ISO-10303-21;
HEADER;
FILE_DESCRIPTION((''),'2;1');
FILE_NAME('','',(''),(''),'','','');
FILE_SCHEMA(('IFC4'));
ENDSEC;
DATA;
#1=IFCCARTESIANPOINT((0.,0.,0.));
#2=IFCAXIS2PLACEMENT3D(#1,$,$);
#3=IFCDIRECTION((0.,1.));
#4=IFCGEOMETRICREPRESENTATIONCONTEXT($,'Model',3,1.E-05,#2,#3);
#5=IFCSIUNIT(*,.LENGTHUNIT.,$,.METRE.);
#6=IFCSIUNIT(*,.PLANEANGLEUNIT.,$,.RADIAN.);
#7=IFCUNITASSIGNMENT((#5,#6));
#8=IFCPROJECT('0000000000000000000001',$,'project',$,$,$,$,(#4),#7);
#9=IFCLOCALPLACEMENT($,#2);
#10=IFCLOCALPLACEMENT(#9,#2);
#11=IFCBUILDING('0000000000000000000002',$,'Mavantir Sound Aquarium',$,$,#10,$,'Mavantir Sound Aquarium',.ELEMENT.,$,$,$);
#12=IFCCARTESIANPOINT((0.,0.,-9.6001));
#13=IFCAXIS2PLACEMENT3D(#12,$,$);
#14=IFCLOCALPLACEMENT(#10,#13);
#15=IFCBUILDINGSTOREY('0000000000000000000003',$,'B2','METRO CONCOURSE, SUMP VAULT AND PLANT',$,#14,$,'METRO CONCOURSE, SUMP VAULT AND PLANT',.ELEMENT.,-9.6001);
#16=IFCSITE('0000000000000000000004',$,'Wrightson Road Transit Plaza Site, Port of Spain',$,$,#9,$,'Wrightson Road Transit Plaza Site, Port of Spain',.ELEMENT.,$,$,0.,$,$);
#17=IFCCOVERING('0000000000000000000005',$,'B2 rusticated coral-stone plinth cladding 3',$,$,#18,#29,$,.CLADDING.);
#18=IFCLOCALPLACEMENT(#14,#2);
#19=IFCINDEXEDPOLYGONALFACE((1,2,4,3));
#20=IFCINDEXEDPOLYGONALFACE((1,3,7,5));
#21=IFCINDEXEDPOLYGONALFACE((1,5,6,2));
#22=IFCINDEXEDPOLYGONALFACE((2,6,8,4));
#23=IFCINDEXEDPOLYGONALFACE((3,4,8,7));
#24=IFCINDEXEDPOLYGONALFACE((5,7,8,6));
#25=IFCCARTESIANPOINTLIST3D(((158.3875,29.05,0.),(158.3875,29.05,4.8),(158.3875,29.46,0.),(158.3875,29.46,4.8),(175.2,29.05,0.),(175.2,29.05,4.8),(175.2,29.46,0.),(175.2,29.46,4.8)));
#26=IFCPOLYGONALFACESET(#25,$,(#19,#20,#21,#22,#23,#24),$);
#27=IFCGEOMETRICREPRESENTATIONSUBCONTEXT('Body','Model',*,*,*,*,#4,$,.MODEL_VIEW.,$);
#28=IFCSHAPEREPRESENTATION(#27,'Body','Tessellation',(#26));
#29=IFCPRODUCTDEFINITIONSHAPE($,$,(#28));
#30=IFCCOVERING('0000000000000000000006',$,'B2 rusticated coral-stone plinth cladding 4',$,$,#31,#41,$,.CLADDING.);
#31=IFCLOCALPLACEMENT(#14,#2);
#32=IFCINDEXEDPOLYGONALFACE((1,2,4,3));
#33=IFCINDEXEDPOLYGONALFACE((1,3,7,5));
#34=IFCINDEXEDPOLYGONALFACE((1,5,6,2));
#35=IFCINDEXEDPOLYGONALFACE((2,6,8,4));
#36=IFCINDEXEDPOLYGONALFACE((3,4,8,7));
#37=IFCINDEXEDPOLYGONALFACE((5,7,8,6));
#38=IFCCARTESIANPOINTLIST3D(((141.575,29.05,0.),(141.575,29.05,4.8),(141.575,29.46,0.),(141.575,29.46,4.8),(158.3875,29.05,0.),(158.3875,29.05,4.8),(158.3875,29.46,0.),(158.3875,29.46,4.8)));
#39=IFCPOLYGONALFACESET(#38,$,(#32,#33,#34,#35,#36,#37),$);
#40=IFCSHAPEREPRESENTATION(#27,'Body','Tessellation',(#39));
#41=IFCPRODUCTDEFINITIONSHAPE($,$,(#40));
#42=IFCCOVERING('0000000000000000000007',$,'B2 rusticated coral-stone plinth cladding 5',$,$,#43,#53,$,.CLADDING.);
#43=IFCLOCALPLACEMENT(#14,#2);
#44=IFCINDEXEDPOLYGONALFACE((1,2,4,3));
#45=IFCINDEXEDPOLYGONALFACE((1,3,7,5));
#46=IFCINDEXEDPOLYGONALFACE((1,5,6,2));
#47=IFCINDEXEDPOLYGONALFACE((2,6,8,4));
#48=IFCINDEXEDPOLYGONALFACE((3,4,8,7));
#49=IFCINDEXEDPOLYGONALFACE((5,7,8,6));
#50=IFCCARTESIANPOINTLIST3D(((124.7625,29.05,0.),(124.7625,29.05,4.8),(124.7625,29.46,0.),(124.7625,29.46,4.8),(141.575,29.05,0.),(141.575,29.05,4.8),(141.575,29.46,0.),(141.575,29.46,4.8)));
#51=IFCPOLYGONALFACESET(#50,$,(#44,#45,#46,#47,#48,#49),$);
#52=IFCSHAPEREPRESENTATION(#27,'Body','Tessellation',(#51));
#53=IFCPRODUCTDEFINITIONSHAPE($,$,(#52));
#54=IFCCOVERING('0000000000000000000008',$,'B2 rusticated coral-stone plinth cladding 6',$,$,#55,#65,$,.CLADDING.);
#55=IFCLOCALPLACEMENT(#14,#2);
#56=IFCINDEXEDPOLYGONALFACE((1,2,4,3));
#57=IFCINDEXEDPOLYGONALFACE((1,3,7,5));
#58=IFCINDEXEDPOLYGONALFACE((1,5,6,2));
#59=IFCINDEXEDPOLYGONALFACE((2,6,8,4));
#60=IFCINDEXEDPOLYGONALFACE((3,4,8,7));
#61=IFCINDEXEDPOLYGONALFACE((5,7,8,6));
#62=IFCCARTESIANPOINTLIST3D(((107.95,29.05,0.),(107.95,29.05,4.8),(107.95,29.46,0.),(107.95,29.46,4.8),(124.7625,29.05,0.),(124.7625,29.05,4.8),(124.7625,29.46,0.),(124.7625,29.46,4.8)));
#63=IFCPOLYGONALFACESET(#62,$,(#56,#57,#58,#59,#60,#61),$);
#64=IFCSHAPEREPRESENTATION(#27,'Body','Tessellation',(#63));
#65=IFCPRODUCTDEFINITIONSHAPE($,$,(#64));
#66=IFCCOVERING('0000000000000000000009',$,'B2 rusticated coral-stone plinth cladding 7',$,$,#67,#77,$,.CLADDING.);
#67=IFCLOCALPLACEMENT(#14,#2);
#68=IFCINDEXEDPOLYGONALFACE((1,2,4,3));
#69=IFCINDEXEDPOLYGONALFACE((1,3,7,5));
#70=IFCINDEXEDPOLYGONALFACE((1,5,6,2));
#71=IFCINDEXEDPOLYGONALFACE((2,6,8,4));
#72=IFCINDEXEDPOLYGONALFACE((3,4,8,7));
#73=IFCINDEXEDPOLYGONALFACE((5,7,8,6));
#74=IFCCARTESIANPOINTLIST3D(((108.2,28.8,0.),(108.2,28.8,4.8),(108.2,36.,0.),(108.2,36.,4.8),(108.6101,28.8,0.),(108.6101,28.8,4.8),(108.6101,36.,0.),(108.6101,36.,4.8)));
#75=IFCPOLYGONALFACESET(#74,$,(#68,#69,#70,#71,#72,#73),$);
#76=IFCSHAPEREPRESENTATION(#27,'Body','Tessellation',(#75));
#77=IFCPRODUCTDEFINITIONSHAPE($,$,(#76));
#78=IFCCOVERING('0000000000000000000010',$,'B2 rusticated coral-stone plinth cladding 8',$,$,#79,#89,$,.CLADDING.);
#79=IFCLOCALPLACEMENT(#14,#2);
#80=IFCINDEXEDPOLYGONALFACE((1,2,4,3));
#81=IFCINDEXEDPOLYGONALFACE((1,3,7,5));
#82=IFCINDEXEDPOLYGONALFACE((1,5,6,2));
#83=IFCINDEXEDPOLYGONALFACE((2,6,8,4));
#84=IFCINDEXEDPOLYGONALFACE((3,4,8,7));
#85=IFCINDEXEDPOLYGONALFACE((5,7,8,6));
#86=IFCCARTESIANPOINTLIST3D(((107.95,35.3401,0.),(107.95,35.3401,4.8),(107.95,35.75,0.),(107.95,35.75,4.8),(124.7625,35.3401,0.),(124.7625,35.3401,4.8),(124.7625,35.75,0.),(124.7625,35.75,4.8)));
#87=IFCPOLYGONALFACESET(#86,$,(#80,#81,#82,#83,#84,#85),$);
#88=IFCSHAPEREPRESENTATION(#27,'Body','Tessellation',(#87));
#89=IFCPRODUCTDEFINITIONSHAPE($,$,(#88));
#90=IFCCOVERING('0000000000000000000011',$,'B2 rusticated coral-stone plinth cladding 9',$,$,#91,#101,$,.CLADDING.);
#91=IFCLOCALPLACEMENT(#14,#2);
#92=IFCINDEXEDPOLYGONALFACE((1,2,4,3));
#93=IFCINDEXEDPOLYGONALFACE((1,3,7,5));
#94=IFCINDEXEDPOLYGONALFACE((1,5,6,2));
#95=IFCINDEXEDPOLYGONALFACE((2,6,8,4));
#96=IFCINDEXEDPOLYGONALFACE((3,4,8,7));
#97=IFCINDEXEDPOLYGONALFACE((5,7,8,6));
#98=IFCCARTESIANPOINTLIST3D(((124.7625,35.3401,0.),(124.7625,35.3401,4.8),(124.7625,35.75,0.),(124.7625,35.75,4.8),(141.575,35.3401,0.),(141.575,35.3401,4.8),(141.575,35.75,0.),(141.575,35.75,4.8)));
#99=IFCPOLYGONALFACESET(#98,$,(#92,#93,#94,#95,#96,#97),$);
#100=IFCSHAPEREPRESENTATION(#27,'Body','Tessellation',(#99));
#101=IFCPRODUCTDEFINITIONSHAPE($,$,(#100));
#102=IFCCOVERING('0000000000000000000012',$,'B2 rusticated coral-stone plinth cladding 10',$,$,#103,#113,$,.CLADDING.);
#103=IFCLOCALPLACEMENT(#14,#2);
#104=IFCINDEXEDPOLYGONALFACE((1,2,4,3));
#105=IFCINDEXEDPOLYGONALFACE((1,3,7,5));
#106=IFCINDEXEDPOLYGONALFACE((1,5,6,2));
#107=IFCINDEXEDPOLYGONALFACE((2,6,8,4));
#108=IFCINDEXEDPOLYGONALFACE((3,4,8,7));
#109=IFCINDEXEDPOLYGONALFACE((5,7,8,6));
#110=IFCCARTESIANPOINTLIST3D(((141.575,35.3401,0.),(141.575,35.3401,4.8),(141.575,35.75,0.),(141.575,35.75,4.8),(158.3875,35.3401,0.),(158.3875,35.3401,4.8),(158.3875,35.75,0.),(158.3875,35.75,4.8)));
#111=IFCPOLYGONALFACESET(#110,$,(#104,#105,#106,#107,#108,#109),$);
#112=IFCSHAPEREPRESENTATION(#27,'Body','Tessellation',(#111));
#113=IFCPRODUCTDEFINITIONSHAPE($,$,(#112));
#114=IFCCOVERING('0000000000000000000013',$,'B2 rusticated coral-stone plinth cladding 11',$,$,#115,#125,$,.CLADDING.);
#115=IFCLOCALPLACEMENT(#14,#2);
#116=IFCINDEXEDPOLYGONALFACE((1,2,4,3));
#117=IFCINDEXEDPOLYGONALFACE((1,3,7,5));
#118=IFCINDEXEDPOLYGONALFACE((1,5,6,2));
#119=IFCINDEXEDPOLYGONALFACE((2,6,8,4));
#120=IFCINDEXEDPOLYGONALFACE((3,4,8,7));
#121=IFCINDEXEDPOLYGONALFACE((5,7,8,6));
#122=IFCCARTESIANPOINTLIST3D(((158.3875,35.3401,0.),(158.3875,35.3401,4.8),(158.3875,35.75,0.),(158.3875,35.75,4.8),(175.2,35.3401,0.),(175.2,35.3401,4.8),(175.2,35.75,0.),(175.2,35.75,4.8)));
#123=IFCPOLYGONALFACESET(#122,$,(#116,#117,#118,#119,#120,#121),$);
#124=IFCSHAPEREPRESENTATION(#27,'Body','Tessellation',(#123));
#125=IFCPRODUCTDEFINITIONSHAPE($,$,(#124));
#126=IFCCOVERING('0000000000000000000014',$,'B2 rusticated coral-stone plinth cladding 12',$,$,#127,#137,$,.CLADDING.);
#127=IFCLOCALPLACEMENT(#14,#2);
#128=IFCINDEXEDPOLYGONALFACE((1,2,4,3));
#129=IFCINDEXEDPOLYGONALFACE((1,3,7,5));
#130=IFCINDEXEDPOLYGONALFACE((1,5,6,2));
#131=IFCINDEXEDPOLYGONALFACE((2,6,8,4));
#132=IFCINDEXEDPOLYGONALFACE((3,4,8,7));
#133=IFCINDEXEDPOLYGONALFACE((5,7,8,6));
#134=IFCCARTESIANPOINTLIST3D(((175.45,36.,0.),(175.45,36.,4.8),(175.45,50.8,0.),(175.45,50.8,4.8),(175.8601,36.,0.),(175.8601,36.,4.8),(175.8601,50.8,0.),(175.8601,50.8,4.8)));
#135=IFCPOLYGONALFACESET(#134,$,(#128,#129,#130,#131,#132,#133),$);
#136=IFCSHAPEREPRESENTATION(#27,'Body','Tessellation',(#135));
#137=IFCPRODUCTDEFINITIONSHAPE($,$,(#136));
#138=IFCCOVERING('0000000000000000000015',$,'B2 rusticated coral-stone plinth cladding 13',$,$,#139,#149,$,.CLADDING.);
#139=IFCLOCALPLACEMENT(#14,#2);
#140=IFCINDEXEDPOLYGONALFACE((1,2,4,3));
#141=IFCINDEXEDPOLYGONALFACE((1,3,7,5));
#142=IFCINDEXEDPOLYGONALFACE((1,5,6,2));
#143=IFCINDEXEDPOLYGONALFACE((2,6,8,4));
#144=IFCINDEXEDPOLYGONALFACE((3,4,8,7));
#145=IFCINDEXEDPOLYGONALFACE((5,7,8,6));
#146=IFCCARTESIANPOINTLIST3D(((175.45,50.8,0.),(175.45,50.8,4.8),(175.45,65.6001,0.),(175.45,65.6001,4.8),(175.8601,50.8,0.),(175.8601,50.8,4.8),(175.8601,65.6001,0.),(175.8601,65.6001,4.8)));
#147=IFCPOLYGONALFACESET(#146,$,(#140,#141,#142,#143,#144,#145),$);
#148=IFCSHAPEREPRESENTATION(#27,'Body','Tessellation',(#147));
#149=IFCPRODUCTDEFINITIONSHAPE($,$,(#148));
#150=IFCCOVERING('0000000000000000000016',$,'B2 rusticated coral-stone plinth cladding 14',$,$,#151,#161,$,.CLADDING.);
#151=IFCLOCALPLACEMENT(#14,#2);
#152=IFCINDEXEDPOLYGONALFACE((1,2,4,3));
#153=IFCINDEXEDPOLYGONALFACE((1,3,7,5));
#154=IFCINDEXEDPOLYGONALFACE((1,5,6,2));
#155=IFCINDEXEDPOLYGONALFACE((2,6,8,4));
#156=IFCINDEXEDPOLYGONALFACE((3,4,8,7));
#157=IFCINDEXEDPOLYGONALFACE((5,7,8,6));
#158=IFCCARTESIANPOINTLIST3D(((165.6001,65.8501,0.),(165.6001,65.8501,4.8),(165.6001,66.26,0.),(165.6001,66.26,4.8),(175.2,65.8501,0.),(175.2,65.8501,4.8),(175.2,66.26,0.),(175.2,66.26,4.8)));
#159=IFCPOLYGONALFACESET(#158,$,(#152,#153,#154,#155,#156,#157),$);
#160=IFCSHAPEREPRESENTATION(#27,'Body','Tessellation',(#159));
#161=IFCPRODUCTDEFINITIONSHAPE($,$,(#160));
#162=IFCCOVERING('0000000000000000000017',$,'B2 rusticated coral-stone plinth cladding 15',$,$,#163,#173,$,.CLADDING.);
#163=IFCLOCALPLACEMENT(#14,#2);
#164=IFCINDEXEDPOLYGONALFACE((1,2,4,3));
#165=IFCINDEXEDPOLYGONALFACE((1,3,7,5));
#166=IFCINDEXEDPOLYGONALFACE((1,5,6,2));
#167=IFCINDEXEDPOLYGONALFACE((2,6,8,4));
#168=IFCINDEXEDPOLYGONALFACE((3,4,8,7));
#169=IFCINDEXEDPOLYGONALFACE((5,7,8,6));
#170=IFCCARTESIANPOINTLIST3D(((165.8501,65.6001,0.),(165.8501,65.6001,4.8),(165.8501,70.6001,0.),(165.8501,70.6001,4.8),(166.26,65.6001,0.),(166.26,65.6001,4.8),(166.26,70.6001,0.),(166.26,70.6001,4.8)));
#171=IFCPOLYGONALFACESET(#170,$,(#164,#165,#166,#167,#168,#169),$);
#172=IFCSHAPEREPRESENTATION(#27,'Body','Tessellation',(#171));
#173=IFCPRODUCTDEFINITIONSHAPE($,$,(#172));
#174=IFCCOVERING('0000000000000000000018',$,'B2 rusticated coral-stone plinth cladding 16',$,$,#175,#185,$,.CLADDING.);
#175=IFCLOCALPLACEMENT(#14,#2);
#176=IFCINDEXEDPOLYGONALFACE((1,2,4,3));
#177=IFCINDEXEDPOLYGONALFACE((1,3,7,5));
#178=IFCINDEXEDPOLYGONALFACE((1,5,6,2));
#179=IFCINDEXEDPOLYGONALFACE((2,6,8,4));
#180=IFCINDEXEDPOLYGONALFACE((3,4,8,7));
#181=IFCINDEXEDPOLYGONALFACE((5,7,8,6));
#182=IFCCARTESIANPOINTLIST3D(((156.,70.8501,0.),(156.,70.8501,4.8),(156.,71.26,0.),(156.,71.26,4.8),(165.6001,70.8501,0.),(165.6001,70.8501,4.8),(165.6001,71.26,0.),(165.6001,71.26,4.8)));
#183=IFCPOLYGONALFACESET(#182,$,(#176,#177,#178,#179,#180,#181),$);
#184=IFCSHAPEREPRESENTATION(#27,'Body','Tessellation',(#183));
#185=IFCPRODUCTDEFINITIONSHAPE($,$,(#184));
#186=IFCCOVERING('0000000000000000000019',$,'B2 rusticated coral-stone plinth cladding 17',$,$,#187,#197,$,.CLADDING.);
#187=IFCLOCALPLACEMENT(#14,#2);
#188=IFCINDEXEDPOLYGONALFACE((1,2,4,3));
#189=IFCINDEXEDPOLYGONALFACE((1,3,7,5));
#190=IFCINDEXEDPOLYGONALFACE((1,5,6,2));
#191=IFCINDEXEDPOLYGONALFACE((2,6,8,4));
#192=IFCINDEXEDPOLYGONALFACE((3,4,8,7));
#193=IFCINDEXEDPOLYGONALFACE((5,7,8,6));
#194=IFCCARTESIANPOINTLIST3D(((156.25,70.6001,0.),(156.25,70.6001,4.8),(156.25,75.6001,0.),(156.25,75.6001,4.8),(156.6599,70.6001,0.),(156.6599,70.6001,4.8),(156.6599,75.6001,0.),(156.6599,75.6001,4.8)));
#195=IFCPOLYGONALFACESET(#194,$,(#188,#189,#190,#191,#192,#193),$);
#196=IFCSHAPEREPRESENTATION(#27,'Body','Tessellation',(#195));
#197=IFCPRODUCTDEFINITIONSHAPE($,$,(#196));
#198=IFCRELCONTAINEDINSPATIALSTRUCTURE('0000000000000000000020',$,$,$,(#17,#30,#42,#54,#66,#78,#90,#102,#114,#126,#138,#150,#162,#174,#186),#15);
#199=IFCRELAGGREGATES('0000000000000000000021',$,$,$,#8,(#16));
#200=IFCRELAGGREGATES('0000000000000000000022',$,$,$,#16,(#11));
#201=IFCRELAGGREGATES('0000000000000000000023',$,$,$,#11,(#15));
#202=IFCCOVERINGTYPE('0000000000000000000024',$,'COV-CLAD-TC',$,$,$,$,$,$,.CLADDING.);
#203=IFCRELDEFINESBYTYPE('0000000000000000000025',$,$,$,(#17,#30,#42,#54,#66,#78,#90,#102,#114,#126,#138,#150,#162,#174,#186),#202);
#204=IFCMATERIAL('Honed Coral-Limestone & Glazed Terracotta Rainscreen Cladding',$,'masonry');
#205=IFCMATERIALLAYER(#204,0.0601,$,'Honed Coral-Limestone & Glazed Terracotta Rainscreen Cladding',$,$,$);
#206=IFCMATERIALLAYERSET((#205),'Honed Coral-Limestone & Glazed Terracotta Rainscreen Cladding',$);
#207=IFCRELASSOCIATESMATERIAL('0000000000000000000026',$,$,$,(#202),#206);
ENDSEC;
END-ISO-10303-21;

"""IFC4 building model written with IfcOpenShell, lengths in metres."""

from ifc_helpers import new_model, si_unit, direction, frame, origin, place, context, subcontext, project, spatial, polyline, outline, extrude, material, layer, layer_set, type_object, element, save


model = new_model("IFC4")

# Units and contexts
model_context = context("Model", 3, precision=1e-05, world=origin(), true_north=direction((0.0, 1.0)))
body_context = subcontext(model_context, "Body", "Model", "MODEL_VIEW")
ifc_project = project(units=[si_unit("LENGTHUNIT", "METRE"), si_unit("PLANEANGLEUNIT", "RADIAN")], contexts=[model_context])

# Site, building, storey
site_placement = place(None, origin())
site = spatial("IfcSite", under=ifc_project, at=site_placement, Name="Wrightson Road Transit Plaza Site, Port of Spain", LongName="Wrightson Road Transit Plaza Site, Port of Spain", CompositionType="ELEMENT", RefElevation=0.0)
building_placement = place(site_placement, origin())
building = spatial("IfcBuilding", under=site, at=building_placement, Name="Mavantir Sound Aquarium", LongName="Mavantir Sound Aquarium", CompositionType="ELEMENT")
storey_placement = place(building_placement, frame((0.0, 0.0, -9.6001)))
storey = spatial("IfcBuildingStorey", under=building, at=storey_placement, Name="B2", Description="METRO CONCOURSE, SUMP VAULT AND PLANT", LongName="METRO CONCOURSE, SUMP VAULT AND PLANT", CompositionType="ELEMENT", Elevation=-9.6001)

# Coverings
ifc_material_1 = material(Name="Honed Coral-Limestone & Glazed Terracotta Rainscreen Cladding", Category="masonry")
ifc_layer_1 = layer(ifc_material_1, 0.0601, Name="Honed Coral-Limestone & Glazed Terracotta Rainscreen Cladding")
ifc_layer_set_1 = layer_set([ifc_layer_1], Name="Honed Coral-Limestone & Glazed Terracotta Rainscreen Cladding")
covering_type = type_object("IfcCoveringType", Name="COV-CLAD-TC", PredefinedType="CLADDING", material=ifc_layer_set_1)
covering_1_placement = place(storey_placement, origin())
element("IfcCovering", 1, at=covering_1_placement, inside=storey, type_object=covering_type, Name="B2 rusticated coral-stone plinth cladding 3", PredefinedType="CLADDING", context=body_context, shape_type="SweptSolid", body=[
    extrude(outline(polyline([(175.2, 29.05), (158.3875, 29.05), (158.3875, 29.46), (175.2, 29.46), (175.2, 29.05)])), origin(), (0.0, 0.0, 1.0), 4.8),
])
covering_2_placement = place(storey_placement, origin())
element("IfcCovering", 2, at=covering_2_placement, inside=storey, type_object=covering_type, Name="B2 rusticated coral-stone plinth cladding 4", PredefinedType="CLADDING", context=body_context, shape_type="SweptSolid", body=[
    extrude(outline(polyline([(158.3875, 29.05), (141.575, 29.05), (141.575, 29.46), (158.3875, 29.46), (158.3875, 29.05)])), origin(), (0.0, 0.0, 1.0), 4.8),
])
covering_3_placement = place(storey_placement, origin())
element("IfcCovering", 3, at=covering_3_placement, inside=storey, type_object=covering_type, Name="B2 rusticated coral-stone plinth cladding 5", PredefinedType="CLADDING", context=body_context, shape_type="SweptSolid", body=[
    extrude(outline(polyline([(141.575, 29.05), (124.7625, 29.05), (124.7625, 29.46), (141.575, 29.46), (141.575, 29.05)])), origin(), (0.0, 0.0, 1.0), 4.8),
])
covering_4_placement = place(storey_placement, origin())
element("IfcCovering", 4, at=covering_4_placement, inside=storey, type_object=covering_type, Name="B2 rusticated coral-stone plinth cladding 6", PredefinedType="CLADDING", context=body_context, shape_type="SweptSolid", body=[
    extrude(outline(polyline([(124.7625, 29.05), (107.95, 29.05), (107.95, 29.46), (124.7625, 29.46), (124.7625, 29.05)])), origin(), (0.0, 0.0, 1.0), 4.8),
])
covering_5_placement = place(storey_placement, origin())
element("IfcCovering", 5, at=covering_5_placement, inside=storey, type_object=covering_type, Name="B2 rusticated coral-stone plinth cladding 7", PredefinedType="CLADDING", context=body_context, shape_type="SweptSolid", body=[
    extrude(outline(polyline([(108.2, 28.8), (108.2, 36.0), (108.6101, 36.0), (108.6101, 28.8), (108.2, 28.8)])), origin(), (0.0, 0.0, 1.0), 4.8),
])
covering_6_placement = place(storey_placement, origin())
element("IfcCovering", 6, at=covering_6_placement, inside=storey, type_object=covering_type, Name="B2 rusticated coral-stone plinth cladding 8", PredefinedType="CLADDING", context=body_context, shape_type="SweptSolid", body=[
    extrude(outline(polyline([(107.95, 35.75), (124.7625, 35.75), (124.7625, 35.3401), (107.95, 35.3401), (107.95, 35.75)])), origin(), (0.0, 0.0, 1.0), 4.8),
])
covering_7_placement = place(storey_placement, origin())
element("IfcCovering", 7, at=covering_7_placement, inside=storey, type_object=covering_type, Name="B2 rusticated coral-stone plinth cladding 9", PredefinedType="CLADDING", context=body_context, shape_type="SweptSolid", body=[
    extrude(outline(polyline([(124.7625, 35.75), (141.575, 35.75), (141.575, 35.3401), (124.7625, 35.3401), (124.7625, 35.75)])), origin(), (0.0, 0.0, 1.0), 4.8),
])
covering_8_placement = place(storey_placement, origin())
element("IfcCovering", 8, at=covering_8_placement, inside=storey, type_object=covering_type, Name="B2 rusticated coral-stone plinth cladding 10", PredefinedType="CLADDING", context=body_context, shape_type="SweptSolid", body=[
    extrude(outline(polyline([(141.575, 35.75), (158.3875, 35.75), (158.3875, 35.3401), (141.575, 35.3401), (141.575, 35.75)])), origin(), (0.0, 0.0, 1.0), 4.8),
])
covering_9_placement = place(storey_placement, origin())
element("IfcCovering", 9, at=covering_9_placement, inside=storey, type_object=covering_type, Name="B2 rusticated coral-stone plinth cladding 11", PredefinedType="CLADDING", context=body_context, shape_type="SweptSolid", body=[
    extrude(outline(polyline([(158.3875, 35.75), (175.2, 35.75), (175.2, 35.3401), (158.3875, 35.3401), (158.3875, 35.75)])), origin(), (0.0, 0.0, 1.0), 4.8),
])
covering_10_placement = place(storey_placement, origin())
element("IfcCovering", 10, at=covering_10_placement, inside=storey, type_object=covering_type, Name="B2 rusticated coral-stone plinth cladding 12", PredefinedType="CLADDING", context=body_context, shape_type="SweptSolid", body=[
    extrude(outline(polyline([(175.45, 36.0), (175.45, 50.8), (175.8601, 50.8), (175.8601, 36.0), (175.45, 36.0)])), origin(), (0.0, 0.0, 1.0), 4.8),
])
covering_11_placement = place(storey_placement, origin())
element("IfcCovering", 11, at=covering_11_placement, inside=storey, type_object=covering_type, Name="B2 rusticated coral-stone plinth cladding 13", PredefinedType="CLADDING", context=body_context, shape_type="SweptSolid", body=[
    extrude(outline(polyline([(175.45, 50.8), (175.45, 65.6001), (175.8601, 65.6001), (175.8601, 50.8), (175.45, 50.8)])), origin(), (0.0, 0.0, 1.0), 4.8),
])
covering_12_placement = place(storey_placement, origin())
element("IfcCovering", 12, at=covering_12_placement, inside=storey, type_object=covering_type, Name="B2 rusticated coral-stone plinth cladding 14", PredefinedType="CLADDING", context=body_context, shape_type="SweptSolid", body=[
    extrude(outline(polyline([(175.2, 65.8501), (165.6001, 65.8501), (165.6001, 66.26), (175.2, 66.26), (175.2, 65.8501)])), origin(), (0.0, 0.0, 1.0), 4.8),
])
covering_13_placement = place(storey_placement, origin())
element("IfcCovering", 13, at=covering_13_placement, inside=storey, type_object=covering_type, Name="B2 rusticated coral-stone plinth cladding 15", PredefinedType="CLADDING", context=body_context, shape_type="SweptSolid", body=[
    extrude(outline(polyline([(165.8501, 65.6001), (165.8501, 70.6001), (166.26, 70.6001), (166.26, 65.6001), (165.8501, 65.6001)])), origin(), (0.0, 0.0, 1.0), 4.8),
])
covering_14_placement = place(storey_placement, origin())
element("IfcCovering", 14, at=covering_14_placement, inside=storey, type_object=covering_type, Name="B2 rusticated coral-stone plinth cladding 16", PredefinedType="CLADDING", context=body_context, shape_type="SweptSolid", body=[
    extrude(outline(polyline([(165.6001, 70.8501), (156.0, 70.8501), (156.0, 71.26), (165.6001, 71.26), (165.6001, 70.8501)])), origin(), (0.0, 0.0, 1.0), 4.8),
])
covering_15_placement = place(storey_placement, origin())
element("IfcCovering", 15, at=covering_15_placement, inside=storey, type_object=covering_type, Name="B2 rusticated coral-stone plinth cladding 17", PredefinedType="CLADDING", context=body_context, shape_type="SweptSolid", body=[
    extrude(outline(polyline([(156.25, 70.6001), (156.25, 75.6001), (156.6599, 75.6001), (156.6599, 70.6001), (156.25, 70.6001)])), origin(), (0.0, 0.0, 1.0), 4.8),
])

save(model, "model.ifc")
